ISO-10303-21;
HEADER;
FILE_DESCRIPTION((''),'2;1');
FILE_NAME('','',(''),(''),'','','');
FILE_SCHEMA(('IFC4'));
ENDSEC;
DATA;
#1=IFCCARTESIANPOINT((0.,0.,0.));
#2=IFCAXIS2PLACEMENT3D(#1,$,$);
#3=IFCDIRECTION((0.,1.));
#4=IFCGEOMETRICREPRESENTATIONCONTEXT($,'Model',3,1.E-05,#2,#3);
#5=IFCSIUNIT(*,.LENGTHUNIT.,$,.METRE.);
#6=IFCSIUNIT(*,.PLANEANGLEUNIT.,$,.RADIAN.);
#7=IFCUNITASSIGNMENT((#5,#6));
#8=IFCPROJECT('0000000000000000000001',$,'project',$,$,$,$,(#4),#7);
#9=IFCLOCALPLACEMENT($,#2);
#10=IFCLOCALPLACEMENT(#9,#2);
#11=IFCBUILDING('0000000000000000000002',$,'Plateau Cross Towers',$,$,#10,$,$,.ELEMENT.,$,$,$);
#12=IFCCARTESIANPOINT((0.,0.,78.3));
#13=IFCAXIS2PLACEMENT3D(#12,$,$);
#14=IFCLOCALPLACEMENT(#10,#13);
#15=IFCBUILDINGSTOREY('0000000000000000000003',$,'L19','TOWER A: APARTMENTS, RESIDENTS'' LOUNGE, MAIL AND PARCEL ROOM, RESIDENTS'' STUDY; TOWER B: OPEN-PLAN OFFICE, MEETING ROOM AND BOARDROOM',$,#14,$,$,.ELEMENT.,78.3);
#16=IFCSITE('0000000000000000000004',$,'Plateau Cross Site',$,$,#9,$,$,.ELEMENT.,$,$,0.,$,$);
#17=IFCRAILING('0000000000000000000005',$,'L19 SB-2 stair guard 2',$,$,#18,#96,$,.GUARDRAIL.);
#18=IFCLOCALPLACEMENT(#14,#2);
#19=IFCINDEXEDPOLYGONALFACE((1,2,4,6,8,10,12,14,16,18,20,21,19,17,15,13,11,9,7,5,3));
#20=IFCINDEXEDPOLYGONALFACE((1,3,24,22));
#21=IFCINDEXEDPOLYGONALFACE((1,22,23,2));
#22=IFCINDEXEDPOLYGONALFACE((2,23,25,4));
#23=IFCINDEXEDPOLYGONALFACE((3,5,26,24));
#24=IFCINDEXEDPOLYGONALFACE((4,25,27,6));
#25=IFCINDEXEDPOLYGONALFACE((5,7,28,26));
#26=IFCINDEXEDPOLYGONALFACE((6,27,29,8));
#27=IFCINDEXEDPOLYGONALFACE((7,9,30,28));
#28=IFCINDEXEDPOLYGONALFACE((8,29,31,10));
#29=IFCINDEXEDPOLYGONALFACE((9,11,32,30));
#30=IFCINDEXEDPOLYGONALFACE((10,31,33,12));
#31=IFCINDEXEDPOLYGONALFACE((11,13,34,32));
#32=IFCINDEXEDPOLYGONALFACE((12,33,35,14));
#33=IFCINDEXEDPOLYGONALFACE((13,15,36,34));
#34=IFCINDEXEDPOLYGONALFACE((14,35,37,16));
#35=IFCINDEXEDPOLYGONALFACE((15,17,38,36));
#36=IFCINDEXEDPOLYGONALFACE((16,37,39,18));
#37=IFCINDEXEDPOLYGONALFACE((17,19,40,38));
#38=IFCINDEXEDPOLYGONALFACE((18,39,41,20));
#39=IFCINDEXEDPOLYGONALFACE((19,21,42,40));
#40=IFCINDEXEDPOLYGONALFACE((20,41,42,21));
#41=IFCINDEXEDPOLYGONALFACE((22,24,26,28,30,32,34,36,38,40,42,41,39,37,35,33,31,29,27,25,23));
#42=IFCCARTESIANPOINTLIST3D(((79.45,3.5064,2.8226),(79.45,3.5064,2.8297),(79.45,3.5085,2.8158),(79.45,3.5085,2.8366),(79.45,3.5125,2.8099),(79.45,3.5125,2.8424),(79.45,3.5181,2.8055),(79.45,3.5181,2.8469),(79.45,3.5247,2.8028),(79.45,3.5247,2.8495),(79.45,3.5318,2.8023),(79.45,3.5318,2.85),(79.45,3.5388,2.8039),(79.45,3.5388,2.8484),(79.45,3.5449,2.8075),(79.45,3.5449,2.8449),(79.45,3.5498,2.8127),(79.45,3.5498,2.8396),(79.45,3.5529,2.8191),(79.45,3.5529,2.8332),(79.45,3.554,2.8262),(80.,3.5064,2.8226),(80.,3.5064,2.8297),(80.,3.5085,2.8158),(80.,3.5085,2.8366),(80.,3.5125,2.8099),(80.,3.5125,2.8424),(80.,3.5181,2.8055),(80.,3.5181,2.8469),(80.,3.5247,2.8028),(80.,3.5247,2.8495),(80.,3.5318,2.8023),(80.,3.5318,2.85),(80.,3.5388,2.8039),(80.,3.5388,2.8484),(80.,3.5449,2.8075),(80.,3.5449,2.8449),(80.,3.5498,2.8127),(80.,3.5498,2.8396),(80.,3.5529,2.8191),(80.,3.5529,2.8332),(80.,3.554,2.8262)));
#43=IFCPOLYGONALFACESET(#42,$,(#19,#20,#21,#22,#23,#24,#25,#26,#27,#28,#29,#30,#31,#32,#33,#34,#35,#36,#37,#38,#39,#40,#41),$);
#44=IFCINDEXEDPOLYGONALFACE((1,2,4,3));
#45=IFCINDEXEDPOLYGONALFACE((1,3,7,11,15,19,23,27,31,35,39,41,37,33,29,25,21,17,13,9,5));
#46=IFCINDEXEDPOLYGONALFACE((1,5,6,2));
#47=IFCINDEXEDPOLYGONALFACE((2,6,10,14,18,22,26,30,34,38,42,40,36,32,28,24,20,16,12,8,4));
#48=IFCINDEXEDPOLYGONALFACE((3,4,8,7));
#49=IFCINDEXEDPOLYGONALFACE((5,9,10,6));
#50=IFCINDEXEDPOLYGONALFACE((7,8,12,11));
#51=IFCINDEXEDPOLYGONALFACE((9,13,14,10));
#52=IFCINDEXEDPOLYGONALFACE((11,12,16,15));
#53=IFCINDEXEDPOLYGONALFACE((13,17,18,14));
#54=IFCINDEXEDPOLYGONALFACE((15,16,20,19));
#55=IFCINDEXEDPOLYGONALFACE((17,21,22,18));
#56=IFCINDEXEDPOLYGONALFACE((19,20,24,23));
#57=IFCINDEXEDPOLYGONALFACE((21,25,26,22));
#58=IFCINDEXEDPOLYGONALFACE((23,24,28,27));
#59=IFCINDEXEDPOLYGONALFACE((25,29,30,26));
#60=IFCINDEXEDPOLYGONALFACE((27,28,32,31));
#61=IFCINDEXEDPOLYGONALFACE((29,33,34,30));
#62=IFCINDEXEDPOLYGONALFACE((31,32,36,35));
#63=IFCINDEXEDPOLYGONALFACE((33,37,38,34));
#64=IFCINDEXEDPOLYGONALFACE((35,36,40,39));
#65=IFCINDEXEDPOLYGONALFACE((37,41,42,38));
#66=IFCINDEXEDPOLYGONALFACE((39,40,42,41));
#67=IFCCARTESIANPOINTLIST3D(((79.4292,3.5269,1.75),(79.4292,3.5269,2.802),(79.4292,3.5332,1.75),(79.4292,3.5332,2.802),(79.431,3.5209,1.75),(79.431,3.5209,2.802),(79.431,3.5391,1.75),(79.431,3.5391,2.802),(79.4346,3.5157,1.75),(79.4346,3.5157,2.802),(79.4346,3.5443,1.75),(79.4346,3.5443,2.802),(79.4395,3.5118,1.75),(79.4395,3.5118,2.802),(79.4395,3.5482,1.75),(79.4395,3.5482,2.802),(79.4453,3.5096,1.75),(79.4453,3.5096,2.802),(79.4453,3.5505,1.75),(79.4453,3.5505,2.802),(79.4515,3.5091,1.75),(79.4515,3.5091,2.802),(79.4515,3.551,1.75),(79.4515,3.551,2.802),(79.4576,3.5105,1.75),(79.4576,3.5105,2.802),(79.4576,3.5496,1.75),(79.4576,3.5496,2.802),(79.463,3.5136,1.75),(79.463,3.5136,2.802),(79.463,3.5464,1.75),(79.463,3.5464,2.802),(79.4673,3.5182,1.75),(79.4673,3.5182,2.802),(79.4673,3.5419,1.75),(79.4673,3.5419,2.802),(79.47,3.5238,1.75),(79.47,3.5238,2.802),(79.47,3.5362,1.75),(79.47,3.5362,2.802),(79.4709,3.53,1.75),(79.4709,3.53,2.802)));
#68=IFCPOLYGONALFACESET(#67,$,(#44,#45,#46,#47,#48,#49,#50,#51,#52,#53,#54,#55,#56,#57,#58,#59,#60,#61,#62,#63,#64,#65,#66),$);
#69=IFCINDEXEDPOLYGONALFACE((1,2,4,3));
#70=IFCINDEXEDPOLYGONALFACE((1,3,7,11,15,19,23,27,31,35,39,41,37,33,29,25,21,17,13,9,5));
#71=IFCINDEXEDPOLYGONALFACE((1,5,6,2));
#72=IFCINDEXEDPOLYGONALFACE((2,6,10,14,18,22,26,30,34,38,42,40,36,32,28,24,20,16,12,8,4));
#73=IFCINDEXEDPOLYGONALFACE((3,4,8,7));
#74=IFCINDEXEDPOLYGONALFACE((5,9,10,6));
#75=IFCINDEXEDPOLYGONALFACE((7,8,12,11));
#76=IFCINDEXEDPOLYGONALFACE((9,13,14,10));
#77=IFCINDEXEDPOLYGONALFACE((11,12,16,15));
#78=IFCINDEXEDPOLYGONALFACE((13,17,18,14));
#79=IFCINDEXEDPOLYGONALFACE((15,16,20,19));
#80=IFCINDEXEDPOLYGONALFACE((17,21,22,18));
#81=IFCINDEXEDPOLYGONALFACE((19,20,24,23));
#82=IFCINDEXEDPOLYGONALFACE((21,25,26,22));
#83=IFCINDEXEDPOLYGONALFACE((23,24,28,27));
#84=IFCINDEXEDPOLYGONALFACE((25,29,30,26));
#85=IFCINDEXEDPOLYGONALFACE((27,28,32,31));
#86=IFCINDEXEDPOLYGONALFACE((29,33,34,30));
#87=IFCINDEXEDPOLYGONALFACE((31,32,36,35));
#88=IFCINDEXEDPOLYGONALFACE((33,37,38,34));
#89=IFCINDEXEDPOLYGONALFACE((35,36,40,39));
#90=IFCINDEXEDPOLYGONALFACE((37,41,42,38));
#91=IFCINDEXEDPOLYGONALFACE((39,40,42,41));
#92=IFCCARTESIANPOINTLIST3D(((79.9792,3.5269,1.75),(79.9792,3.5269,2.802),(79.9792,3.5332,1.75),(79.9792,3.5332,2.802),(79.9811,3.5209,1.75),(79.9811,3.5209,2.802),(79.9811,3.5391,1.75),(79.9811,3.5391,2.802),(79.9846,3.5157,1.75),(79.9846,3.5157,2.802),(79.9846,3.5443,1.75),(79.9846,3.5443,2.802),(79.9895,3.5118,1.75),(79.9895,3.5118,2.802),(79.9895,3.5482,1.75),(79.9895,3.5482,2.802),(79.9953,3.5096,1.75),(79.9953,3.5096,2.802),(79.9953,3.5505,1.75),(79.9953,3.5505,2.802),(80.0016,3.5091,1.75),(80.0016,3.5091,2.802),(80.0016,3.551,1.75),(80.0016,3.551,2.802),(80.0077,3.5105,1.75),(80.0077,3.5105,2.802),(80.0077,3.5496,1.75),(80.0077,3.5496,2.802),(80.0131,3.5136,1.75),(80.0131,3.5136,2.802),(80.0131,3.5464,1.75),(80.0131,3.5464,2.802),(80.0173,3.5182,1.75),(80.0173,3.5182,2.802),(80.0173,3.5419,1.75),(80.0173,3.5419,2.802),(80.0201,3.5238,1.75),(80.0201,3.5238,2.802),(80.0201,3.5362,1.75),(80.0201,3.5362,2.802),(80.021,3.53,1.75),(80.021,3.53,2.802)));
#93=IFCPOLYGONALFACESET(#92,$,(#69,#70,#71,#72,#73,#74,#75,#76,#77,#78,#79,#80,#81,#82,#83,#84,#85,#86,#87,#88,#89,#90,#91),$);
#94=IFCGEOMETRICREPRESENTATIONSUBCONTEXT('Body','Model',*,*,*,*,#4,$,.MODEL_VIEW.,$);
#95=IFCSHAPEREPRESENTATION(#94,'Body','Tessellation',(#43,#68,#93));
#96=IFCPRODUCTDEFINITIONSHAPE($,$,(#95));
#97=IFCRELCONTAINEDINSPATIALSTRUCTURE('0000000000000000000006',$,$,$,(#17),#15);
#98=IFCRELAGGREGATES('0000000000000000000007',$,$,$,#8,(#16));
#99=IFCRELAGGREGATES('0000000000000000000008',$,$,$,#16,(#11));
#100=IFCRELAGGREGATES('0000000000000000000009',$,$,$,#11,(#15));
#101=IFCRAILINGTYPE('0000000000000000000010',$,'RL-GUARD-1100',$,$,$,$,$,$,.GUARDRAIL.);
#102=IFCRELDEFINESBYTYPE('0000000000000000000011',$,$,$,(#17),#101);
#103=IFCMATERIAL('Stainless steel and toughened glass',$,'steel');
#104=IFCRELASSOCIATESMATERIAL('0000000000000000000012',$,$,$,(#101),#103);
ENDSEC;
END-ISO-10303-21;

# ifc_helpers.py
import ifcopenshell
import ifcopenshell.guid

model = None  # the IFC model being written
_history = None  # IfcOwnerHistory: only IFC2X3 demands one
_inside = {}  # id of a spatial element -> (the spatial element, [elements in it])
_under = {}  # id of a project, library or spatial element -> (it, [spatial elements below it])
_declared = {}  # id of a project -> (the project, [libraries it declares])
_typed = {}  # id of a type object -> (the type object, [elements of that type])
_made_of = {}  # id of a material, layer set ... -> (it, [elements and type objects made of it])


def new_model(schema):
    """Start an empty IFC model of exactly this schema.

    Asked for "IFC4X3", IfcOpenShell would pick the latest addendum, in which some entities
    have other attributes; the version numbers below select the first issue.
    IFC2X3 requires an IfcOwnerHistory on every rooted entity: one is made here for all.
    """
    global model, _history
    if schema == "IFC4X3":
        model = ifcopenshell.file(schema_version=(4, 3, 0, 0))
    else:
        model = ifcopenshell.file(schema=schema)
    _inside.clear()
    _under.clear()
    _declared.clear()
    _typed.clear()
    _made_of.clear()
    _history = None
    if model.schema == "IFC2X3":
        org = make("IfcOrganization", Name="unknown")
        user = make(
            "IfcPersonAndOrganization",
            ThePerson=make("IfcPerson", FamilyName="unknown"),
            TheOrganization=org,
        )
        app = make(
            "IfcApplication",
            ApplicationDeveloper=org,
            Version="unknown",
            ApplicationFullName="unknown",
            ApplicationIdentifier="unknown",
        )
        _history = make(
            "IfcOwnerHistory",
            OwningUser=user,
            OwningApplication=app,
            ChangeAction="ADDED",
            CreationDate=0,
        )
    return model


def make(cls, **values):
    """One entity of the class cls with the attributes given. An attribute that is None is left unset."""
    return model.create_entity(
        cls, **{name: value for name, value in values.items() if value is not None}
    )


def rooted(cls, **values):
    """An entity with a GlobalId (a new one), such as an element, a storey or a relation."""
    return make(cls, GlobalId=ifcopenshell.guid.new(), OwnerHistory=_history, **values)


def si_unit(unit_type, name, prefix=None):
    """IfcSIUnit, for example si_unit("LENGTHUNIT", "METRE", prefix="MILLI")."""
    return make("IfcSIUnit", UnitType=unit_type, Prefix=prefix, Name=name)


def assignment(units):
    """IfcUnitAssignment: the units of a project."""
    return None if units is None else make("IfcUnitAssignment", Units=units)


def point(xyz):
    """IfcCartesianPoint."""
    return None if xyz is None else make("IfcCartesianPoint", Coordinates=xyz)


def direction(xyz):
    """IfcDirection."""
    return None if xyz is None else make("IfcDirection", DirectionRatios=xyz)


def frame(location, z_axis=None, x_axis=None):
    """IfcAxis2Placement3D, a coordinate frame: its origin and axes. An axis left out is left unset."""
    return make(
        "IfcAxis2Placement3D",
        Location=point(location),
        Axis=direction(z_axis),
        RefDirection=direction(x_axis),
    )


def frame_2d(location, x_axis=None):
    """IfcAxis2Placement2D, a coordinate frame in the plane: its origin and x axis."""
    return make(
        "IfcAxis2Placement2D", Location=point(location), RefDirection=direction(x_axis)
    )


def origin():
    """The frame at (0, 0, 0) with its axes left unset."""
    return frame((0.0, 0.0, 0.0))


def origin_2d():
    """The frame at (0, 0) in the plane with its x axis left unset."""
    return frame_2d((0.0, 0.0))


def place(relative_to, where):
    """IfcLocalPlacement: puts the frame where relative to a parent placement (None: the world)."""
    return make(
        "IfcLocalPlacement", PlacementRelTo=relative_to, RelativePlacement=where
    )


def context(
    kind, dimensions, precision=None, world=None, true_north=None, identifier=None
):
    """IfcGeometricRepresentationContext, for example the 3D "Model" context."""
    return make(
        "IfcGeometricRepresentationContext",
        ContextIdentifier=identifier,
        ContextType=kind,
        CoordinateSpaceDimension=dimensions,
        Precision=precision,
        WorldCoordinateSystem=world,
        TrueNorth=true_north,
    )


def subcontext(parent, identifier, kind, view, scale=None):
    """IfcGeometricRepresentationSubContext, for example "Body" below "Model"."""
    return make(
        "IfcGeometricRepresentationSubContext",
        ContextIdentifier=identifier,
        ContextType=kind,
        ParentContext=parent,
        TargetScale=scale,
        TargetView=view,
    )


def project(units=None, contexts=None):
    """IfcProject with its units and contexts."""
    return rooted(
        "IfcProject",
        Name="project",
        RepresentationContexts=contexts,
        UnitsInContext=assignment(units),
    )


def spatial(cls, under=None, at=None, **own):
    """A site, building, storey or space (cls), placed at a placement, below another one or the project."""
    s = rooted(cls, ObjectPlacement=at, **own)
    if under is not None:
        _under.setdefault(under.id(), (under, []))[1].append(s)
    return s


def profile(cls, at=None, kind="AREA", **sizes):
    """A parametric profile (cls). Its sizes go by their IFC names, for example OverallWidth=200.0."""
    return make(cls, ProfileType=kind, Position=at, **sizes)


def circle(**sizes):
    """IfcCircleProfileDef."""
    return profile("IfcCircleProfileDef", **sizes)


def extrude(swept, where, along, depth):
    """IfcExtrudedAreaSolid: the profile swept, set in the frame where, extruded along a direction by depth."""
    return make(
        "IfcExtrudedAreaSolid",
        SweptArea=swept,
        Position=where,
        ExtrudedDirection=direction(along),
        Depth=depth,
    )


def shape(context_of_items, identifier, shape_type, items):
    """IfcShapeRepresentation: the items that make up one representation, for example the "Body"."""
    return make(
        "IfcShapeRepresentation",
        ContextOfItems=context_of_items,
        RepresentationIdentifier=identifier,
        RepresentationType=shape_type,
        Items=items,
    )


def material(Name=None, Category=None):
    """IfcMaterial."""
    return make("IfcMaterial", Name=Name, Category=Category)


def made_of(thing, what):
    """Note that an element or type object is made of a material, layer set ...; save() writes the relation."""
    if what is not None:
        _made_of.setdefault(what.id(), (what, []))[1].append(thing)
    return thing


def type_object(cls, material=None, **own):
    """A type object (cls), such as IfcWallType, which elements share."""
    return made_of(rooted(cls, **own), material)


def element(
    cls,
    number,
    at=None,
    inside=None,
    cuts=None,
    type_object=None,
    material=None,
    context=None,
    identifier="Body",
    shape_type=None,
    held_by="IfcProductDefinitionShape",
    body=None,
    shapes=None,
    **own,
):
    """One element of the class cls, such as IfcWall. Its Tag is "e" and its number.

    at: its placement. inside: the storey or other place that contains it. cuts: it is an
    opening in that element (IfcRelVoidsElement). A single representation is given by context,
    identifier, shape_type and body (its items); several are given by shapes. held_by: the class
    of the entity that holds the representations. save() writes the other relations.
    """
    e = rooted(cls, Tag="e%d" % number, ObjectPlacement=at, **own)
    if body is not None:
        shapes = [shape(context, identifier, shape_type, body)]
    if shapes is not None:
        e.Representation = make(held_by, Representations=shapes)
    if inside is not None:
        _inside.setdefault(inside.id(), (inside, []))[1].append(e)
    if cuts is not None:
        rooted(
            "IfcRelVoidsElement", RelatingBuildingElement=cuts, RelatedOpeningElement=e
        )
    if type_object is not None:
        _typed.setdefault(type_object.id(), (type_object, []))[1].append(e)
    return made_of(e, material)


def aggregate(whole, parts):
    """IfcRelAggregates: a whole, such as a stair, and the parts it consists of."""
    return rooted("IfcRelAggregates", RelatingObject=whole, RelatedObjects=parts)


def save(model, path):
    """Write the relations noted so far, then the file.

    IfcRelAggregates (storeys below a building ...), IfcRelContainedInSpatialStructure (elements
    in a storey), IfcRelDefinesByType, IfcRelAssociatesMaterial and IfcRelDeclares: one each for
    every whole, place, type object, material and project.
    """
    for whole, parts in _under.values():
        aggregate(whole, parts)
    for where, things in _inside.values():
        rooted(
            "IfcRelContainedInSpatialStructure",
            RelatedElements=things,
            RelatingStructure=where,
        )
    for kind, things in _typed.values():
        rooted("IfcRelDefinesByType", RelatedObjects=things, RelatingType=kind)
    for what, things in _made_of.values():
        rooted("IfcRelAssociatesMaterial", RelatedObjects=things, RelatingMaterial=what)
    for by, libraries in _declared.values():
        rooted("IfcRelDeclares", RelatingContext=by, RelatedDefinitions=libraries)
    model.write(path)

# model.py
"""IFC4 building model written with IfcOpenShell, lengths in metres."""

from ifc_helpers import new_model, si_unit, direction, frame, origin, origin_2d, place, context, subcontext, project, spatial, circle, extrude, material, type_object, element, save


model = new_model("IFC4")

# Units and contexts
model_context = context("Model", 3, precision=1e-05, world=origin(), true_north=direction((0.0, 1.0)))
body_context = subcontext(model_context, "Body", "Model", "MODEL_VIEW")
ifc_project = project(units=[si_unit("LENGTHUNIT", "METRE"), si_unit("PLANEANGLEUNIT", "RADIAN")], contexts=[model_context])

# Site, building, storey
site_placement = place(None, origin())
site = spatial("IfcSite", under=ifc_project, at=site_placement, Name="Plateau Cross Site", CompositionType="ELEMENT", RefElevation=0.0)
building_placement = place(site_placement, origin())
building = spatial("IfcBuilding", under=site, at=building_placement, Name="Plateau Cross Towers", CompositionType="ELEMENT")
storey_placement = place(building_placement, frame((0.0, 0.0, 78.3)))
storey = spatial("IfcBuildingStorey", under=building, at=storey_placement, Name="L19", Description="TOWER A: APARTMENTS, RESIDENTS' LOUNGE, MAIL AND PARCEL ROOM, RESIDENTS' STUDY; TOWER B: OPEN-PLAN OFFICE, MEETING ROOM AND BOARDROOM", CompositionType="ELEMENT", Elevation=78.3)

# Railing
ifc_material_1 = material(Name="Stainless steel and toughened glass", Category="steel")
railing_type_1 = type_object("IfcRailingType", Name="RL-GUARD-1100", PredefinedType="GUARDRAIL", material=ifc_material_1)
railing_1_placement = place(storey_placement, frame((79.45, 3.53, 1.75)))
element("IfcRailing", 1, at=railing_1_placement, inside=storey, type_object=railing_type_1, Name="L19 SB-2 stair guard 2", PredefinedType="GUARDRAIL", context=body_context, shape_type="SweptSolid", body=[
    extrude(circle(Radius=0.0239, at=origin_2d()), frame((0.0, 0.0, 1.0762), z_axis=(1.0, 0.0, 0.0), x_axis=(0.0, 1.0, 0.0)), (0.0, 0.0, 1.0), 0.55),
    extrude(circle(Radius=0.021, at=origin_2d()), origin(), (0.0, 0.0, 1.0), 1.052),
    extrude(circle(Radius=0.021, at=origin_2d()), frame((0.55, 0.0, 0.0)), (0.0, 0.0, 1.0), 1.052),
])

save(model, "model.ifc")
